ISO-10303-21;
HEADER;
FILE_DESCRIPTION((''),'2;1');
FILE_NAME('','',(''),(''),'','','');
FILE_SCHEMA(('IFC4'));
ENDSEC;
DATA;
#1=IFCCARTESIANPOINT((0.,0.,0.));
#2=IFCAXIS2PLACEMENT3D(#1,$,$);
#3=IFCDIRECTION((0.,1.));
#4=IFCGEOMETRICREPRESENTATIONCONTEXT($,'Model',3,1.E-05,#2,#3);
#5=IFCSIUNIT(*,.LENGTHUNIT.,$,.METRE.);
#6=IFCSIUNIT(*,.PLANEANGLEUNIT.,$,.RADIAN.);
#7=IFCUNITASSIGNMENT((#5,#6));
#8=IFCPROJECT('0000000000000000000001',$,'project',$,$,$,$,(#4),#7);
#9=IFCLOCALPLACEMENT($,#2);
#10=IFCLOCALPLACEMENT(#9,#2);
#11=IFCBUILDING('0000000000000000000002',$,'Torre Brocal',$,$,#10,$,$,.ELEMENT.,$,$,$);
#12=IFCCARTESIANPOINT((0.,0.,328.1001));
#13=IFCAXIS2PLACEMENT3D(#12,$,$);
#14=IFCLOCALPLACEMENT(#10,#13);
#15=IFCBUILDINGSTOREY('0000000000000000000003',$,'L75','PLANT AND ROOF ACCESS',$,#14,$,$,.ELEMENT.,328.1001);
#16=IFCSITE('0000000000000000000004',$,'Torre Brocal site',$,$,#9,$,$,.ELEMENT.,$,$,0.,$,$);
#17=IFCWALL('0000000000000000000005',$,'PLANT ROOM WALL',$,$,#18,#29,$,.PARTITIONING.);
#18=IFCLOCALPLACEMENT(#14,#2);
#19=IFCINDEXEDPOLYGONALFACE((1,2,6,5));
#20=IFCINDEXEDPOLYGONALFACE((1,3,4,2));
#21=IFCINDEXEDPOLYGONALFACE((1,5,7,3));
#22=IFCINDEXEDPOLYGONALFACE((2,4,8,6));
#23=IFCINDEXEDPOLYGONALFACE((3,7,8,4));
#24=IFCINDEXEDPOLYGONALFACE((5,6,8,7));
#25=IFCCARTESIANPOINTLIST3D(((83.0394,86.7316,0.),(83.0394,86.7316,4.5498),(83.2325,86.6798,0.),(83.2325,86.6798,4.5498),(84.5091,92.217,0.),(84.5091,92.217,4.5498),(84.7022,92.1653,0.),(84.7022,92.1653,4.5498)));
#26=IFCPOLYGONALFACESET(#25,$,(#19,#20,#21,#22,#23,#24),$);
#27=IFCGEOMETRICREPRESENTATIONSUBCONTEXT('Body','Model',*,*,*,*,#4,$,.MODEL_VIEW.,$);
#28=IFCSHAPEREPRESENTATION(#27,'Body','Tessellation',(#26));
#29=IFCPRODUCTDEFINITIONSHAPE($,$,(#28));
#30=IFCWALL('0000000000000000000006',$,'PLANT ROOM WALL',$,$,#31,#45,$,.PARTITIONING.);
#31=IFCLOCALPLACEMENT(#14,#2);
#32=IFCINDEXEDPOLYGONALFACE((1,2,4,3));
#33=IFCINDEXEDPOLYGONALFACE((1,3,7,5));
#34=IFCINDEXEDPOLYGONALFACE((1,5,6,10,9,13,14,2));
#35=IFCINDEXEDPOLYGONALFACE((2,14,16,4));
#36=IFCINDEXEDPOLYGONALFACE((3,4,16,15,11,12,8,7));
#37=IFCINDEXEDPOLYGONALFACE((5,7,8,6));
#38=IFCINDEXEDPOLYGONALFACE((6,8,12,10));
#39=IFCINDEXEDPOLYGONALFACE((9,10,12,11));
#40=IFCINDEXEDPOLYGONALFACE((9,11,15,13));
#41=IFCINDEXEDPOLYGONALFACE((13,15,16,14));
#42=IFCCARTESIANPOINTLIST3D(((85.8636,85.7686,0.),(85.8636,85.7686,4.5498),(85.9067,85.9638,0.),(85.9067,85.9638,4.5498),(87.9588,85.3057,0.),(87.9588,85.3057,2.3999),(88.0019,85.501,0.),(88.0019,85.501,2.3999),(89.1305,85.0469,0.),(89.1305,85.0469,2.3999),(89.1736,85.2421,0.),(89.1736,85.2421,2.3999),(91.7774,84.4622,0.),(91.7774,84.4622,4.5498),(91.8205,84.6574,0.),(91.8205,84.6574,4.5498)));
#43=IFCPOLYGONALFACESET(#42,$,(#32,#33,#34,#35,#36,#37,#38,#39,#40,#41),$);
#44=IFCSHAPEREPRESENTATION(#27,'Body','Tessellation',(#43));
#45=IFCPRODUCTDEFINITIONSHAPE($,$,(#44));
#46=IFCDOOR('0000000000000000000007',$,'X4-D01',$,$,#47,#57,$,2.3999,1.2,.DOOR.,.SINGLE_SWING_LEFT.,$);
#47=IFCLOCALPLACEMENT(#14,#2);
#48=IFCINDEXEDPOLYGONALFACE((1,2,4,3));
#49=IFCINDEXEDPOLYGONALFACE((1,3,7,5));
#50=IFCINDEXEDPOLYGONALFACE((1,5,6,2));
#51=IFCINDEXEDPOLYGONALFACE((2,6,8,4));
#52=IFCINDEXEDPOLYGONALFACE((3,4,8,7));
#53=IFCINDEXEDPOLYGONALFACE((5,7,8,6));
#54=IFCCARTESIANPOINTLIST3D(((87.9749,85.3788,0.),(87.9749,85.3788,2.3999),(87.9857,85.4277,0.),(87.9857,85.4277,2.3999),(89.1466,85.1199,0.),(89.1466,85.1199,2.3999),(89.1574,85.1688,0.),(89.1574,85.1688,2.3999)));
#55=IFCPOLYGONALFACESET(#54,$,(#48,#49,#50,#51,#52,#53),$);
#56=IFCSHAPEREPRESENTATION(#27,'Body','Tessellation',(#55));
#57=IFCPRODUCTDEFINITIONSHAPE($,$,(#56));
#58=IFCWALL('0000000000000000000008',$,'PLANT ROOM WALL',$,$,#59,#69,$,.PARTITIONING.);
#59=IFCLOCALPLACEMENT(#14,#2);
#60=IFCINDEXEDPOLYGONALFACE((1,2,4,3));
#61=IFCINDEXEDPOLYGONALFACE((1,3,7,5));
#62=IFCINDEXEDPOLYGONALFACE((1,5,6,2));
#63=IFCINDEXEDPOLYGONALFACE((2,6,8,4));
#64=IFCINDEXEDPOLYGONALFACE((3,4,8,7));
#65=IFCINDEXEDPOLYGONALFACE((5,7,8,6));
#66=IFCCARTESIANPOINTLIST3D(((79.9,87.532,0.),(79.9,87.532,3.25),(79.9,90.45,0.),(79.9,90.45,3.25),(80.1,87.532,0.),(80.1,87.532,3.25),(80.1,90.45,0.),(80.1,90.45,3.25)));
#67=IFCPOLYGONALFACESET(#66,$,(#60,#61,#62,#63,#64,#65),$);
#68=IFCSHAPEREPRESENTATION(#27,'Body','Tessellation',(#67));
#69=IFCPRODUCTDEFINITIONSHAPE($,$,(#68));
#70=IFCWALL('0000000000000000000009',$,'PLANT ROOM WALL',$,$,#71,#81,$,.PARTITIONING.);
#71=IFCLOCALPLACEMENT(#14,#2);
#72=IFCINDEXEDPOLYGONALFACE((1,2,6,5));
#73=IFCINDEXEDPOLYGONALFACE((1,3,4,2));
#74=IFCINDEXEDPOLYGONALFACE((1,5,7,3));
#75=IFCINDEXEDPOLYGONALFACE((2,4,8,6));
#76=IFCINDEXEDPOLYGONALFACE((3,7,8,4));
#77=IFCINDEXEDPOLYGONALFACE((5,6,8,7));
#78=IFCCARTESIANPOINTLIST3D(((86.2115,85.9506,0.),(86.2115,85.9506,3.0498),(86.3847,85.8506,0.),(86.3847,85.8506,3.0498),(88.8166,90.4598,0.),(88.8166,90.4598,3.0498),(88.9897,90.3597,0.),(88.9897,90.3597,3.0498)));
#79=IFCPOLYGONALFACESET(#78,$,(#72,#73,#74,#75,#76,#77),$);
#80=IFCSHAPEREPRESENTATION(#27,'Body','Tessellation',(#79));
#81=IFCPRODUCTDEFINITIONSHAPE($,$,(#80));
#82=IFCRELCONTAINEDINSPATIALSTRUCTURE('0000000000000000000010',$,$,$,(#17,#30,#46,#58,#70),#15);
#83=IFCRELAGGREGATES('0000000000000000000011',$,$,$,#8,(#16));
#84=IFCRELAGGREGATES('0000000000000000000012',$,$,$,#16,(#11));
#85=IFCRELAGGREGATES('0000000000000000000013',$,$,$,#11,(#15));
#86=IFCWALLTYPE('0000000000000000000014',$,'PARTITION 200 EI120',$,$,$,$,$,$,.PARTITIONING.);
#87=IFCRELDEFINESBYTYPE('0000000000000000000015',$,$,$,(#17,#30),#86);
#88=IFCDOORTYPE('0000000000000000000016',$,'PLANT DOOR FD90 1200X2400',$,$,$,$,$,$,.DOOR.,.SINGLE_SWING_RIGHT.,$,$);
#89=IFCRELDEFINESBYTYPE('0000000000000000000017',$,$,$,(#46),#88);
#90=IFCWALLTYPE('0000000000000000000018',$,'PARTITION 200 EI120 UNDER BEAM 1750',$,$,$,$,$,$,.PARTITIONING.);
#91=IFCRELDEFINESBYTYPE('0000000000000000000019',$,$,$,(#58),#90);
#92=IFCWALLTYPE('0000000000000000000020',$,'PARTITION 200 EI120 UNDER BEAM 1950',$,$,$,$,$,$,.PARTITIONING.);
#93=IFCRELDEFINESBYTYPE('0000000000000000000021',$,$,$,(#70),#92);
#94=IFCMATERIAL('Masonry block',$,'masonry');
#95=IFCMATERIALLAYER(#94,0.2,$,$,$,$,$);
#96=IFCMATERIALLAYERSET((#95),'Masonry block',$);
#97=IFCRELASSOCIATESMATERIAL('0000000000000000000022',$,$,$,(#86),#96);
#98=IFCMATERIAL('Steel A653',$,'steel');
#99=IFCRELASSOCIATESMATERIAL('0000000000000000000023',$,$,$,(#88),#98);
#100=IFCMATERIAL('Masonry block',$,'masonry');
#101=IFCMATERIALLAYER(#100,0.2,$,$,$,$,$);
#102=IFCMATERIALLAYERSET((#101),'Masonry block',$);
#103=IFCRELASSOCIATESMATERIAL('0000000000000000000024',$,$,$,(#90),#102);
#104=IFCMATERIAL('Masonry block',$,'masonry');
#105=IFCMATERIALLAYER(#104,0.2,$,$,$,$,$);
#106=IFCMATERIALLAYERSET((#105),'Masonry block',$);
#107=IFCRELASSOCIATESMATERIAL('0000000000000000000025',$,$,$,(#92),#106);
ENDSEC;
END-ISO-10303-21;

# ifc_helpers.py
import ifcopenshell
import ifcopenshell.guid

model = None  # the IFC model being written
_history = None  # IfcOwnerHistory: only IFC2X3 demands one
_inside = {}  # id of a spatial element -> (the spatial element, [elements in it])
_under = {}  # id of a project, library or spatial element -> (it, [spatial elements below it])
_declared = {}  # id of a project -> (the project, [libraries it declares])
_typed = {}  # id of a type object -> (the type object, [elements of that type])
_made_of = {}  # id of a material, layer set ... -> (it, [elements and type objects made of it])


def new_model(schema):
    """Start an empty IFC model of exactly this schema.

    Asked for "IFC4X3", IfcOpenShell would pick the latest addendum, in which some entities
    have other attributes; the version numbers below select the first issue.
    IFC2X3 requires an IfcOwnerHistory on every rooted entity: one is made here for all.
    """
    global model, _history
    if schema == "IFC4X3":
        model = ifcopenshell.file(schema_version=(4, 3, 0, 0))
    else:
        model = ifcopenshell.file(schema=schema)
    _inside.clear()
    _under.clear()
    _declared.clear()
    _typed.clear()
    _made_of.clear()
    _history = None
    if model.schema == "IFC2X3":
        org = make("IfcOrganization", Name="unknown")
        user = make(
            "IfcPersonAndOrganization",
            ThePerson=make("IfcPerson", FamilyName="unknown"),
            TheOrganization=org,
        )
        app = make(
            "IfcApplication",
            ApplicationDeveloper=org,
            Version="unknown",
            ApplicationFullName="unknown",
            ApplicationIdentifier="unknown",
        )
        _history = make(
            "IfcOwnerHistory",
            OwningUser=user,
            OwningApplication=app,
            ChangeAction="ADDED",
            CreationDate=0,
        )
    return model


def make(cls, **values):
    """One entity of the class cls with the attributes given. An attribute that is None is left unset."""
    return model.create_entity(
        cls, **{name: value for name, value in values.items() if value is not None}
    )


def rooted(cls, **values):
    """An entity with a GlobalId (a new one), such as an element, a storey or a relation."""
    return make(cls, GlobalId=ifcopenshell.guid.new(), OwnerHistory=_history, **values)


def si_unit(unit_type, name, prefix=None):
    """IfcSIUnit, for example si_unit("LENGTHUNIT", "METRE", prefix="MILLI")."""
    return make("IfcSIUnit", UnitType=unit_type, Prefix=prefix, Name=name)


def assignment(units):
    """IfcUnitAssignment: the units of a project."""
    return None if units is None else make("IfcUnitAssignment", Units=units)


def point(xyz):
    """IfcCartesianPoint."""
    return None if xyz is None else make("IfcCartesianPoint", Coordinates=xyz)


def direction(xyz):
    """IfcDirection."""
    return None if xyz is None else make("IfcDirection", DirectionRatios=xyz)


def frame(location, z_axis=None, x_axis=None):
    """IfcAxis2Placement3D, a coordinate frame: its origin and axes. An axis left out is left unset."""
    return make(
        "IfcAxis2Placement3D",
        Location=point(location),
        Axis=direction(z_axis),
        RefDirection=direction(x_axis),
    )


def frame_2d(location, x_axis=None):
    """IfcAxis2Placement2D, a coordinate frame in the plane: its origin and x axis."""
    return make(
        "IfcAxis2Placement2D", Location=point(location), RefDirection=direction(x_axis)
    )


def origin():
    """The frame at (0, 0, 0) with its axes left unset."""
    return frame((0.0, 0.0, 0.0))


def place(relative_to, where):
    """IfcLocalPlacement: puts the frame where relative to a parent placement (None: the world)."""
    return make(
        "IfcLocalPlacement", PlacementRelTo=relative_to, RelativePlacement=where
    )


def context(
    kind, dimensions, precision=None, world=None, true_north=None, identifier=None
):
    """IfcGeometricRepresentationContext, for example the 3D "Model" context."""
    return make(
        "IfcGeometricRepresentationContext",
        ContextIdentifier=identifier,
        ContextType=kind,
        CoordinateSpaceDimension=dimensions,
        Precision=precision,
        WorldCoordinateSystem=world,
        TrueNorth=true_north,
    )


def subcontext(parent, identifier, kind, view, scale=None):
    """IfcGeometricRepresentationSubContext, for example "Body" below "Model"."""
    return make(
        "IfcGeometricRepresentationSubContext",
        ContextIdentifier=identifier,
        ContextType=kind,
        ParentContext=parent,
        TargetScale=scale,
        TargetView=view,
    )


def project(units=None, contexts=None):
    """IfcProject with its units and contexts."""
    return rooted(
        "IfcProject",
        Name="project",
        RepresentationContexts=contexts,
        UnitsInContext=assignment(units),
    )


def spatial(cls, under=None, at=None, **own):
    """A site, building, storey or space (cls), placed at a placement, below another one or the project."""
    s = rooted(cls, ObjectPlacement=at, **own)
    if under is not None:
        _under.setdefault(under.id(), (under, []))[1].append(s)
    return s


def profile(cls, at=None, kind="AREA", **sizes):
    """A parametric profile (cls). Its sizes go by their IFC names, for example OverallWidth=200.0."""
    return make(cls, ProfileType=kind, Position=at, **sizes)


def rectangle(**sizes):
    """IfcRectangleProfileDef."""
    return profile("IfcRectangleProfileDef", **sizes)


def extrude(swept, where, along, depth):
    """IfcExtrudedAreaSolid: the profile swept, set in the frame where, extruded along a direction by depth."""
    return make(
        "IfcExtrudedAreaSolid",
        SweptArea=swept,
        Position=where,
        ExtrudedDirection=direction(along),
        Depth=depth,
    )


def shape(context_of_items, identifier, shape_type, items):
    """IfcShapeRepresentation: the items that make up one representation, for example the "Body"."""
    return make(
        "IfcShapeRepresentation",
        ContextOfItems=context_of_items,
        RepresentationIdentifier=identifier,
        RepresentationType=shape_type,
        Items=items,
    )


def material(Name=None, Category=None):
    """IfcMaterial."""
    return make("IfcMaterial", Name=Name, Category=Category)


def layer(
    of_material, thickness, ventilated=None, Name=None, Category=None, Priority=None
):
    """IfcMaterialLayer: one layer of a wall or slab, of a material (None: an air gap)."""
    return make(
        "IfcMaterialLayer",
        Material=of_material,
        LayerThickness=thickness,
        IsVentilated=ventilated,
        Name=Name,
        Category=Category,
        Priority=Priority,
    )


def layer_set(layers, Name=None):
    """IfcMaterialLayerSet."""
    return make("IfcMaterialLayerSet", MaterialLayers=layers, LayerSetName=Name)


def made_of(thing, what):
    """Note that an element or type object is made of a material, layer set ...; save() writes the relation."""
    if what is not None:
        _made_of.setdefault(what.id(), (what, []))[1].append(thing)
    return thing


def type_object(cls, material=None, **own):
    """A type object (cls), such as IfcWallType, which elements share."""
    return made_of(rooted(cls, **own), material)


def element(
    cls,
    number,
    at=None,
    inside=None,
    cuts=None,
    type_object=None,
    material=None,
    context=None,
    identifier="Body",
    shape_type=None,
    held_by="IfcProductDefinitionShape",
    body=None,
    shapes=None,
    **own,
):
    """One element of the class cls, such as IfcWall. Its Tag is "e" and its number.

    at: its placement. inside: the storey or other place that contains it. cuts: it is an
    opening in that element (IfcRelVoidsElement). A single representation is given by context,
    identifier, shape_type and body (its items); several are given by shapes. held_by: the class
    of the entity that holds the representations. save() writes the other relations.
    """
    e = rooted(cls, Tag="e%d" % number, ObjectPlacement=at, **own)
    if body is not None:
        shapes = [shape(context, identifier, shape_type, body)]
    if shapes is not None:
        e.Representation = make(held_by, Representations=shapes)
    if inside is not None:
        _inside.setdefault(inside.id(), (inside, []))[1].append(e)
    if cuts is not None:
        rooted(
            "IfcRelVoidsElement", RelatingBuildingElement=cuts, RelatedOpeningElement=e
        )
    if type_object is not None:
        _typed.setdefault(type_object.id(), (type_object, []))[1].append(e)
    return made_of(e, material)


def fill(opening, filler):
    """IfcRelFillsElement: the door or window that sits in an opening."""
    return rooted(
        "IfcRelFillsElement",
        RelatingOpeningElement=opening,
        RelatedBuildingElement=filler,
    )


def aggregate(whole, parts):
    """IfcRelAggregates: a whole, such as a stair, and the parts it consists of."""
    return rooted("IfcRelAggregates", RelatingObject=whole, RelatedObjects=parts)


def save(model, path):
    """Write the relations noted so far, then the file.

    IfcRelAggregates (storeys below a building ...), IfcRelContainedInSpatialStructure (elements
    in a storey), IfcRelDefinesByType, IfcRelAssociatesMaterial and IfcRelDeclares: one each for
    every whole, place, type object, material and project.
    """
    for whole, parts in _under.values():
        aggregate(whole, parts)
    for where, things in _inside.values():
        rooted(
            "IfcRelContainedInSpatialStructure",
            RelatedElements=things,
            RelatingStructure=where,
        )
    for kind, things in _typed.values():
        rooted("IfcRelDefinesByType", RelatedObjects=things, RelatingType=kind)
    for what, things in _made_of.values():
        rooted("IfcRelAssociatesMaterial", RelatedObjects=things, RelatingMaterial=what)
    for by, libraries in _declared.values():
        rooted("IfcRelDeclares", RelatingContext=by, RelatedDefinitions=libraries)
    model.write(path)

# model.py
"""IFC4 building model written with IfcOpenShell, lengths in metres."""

from ifc_helpers import new_model, si_unit, direction, frame, frame_2d, origin, place, context, subcontext, project, spatial, rectangle, extrude, material, layer, layer_set, type_object, element, fill, save


model = new_model("IFC4")

# Units and contexts
model_context = context("Model", 3, precision=1e-05, world=origin(), true_north=direction((0.0, 1.0)))
body_context = subcontext(model_context, "Body", "Model", "MODEL_VIEW")
ifc_project = project(units=[si_unit("LENGTHUNIT", "METRE"), si_unit("PLANEANGLEUNIT", "RADIAN")], contexts=[model_context])

# Site, building, storey
site_placement = place(None, origin())
site = spatial("IfcSite", under=ifc_project, at=site_placement, Name="Torre Brocal site", CompositionType="ELEMENT", RefElevation=0.0)
building_placement = place(site_placement, origin())
building = spatial("IfcBuilding", under=site, at=building_placement, Name="Torre Brocal", CompositionType="ELEMENT")
storey_placement = place(building_placement, frame((0.0, 0.0, 328.1001)))
storey = spatial("IfcBuildingStorey", under=building, at=storey_placement, Name="L75", Description="PLANT AND ROOF ACCESS", CompositionType="ELEMENT", Elevation=328.1001)

# Shared definitions
ifc_material_1 = material(Name="Masonry block", Category="masonry")
ifc_layer_1 = layer(ifc_material_1, 0.2)
ifc_layer_set_1 = layer_set([ifc_layer_1], Name="Masonry block")
wall_type_1 = type_object("IfcWallType", Name="PARTITION 200 EI120", PredefinedType="PARTITIONING", material=ifc_layer_set_1)
ifc_material_2 = material(Name="Steel A653", Category="steel")
door_type = type_object("IfcDoorType", Name="PLANT DOOR FD90 1200X2400", OperationType="SINGLE_SWING_RIGHT", PredefinedType="DOOR", material=ifc_material_2)

# Wall
wall_1_placement = place(storey_placement, frame((83.136, 86.7058, 0.0), z_axis=(0.0, 0.0, 1.0), x_axis=(0.258797, 0.965932, 0.0)))
element("IfcWall", 1, at=wall_1_placement, inside=storey, type_object=wall_type_1, Name="PLANT ROOM WALL", PredefinedType="PARTITIONING", context=body_context, shape_type="SweptSolid", body=[
    extrude(rectangle(XDim=5.679, YDim=0.2, at=frame_2d((2.8394, 0.0))), origin(), (0.0, 0.0, 1.0), 4.5498),
])

# Wall, opening, door
wall_2_placement = place(storey_placement, frame((85.885, 85.8662, 0.0), z_axis=(0.0, 0.0, 1.0), x_axis=(0.976459, -0.215705, 0.0)))
wall_2 = element("IfcWall", 2, at=wall_2_placement, inside=storey, type_object=wall_type_1, Name="PLANT ROOM WALL", PredefinedType="PARTITIONING", context=body_context, shape_type="SweptSolid", body=[
    extrude(rectangle(XDim=6.0564, YDim=0.2, at=frame_2d((3.0283, 0.0))), origin(), (0.0, 0.0, 1.0), 4.5498),
])
opening_1_placement = place(wall_2_placement, frame((2.1458, 0.0, 0.0)))
opening_1 = element("IfcOpeningElement", 3, at=opening_1_placement, cuts=wall_2, PredefinedType="OPENING", context=body_context, shape_type="SweptSolid", body=[
    extrude(rectangle(XDim=1.2, YDim=2.3999, at=frame_2d((0.6001, 1.2))), frame((0.0, 0.1099, 0.0), z_axis=(0.0, -1.0, 0.0), x_axis=(1.0, 0.0, 0.0)), (0.0, 0.0, 1.0), 0.22),
])
door_1_placement = place(opening_1_placement, origin())
door_1 = element("IfcDoor", 4, at=door_1_placement, inside=storey, type_object=door_type, Name="X4-D01", OperationType="SINGLE_SWING_LEFT", OverallHeight=2.3999, OverallWidth=1.2, PredefinedType="DOOR", context=body_context, shape_type="SweptSolid", body=[
    extrude(rectangle(XDim=1.2, YDim=2.3999, at=frame_2d((0.6001, 1.2))), frame((0.0, 0.0249, 0.0), z_axis=(0.0, -1.0, 0.0), x_axis=(1.0, 0.0, 0.0)), (0.0, 0.0, 1.0), 0.05),
])
fill(opening_1, door_1)

# Walls
ifc_material_3 = material(Name="Masonry block", Category="masonry")
ifc_layer_2 = layer(ifc_material_3, 0.2)
ifc_layer_set_2 = layer_set([ifc_layer_2], Name="Masonry block")
wall_type_2 = type_object("IfcWallType", Name="PARTITION 200 EI120 UNDER BEAM 1750", PredefinedType="PARTITIONING", material=ifc_layer_set_2)
wall_3_placement = place(storey_placement, frame((80.0, 87.532, 0.0), z_axis=(0.0, 0.0, 1.0), x_axis=(0.0, 1.0, 0.0)))
element("IfcWall", 5, at=wall_3_placement, inside=storey, type_object=wall_type_2, Name="PLANT ROOM WALL", PredefinedType="PARTITIONING", context=body_context, shape_type="SweptSolid", body=[
    extrude(rectangle(XDim=2.918, YDim=0.2, at=frame_2d((1.459, 0.0))), origin(), (0.0, 0.0, 1.0), 3.25),
])
ifc_material_4 = material(Name="Masonry block", Category="masonry")
ifc_layer_3 = layer(ifc_material_4, 0.2)
ifc_layer_set_3 = layer_set([ifc_layer_3], Name="Masonry block")
wall_type_3 = type_object("IfcWallType", Name="PARTITION 200 EI120 UNDER BEAM 1950", PredefinedType="PARTITIONING", material=ifc_layer_set_3)
wall_4_placement = place(storey_placement, frame((86.2981, 85.9006, 0.0), z_axis=(0.0, 0.0, 1.0), x_axis=(0.500243, 0.865885, 0.0)))
element("IfcWall", 6, at=wall_4_placement, inside=storey, type_object=wall_type_3, Name="PLANT ROOM WALL", PredefinedType="PARTITIONING", context=body_context, shape_type="SweptSolid", body=[
    extrude(rectangle(XDim=5.2075, YDim=0.2, at=frame_2d((2.6038, 0.0))), origin(), (0.0, 0.0, 1.0), 3.0498),
])

save(model, "model.ifc")
